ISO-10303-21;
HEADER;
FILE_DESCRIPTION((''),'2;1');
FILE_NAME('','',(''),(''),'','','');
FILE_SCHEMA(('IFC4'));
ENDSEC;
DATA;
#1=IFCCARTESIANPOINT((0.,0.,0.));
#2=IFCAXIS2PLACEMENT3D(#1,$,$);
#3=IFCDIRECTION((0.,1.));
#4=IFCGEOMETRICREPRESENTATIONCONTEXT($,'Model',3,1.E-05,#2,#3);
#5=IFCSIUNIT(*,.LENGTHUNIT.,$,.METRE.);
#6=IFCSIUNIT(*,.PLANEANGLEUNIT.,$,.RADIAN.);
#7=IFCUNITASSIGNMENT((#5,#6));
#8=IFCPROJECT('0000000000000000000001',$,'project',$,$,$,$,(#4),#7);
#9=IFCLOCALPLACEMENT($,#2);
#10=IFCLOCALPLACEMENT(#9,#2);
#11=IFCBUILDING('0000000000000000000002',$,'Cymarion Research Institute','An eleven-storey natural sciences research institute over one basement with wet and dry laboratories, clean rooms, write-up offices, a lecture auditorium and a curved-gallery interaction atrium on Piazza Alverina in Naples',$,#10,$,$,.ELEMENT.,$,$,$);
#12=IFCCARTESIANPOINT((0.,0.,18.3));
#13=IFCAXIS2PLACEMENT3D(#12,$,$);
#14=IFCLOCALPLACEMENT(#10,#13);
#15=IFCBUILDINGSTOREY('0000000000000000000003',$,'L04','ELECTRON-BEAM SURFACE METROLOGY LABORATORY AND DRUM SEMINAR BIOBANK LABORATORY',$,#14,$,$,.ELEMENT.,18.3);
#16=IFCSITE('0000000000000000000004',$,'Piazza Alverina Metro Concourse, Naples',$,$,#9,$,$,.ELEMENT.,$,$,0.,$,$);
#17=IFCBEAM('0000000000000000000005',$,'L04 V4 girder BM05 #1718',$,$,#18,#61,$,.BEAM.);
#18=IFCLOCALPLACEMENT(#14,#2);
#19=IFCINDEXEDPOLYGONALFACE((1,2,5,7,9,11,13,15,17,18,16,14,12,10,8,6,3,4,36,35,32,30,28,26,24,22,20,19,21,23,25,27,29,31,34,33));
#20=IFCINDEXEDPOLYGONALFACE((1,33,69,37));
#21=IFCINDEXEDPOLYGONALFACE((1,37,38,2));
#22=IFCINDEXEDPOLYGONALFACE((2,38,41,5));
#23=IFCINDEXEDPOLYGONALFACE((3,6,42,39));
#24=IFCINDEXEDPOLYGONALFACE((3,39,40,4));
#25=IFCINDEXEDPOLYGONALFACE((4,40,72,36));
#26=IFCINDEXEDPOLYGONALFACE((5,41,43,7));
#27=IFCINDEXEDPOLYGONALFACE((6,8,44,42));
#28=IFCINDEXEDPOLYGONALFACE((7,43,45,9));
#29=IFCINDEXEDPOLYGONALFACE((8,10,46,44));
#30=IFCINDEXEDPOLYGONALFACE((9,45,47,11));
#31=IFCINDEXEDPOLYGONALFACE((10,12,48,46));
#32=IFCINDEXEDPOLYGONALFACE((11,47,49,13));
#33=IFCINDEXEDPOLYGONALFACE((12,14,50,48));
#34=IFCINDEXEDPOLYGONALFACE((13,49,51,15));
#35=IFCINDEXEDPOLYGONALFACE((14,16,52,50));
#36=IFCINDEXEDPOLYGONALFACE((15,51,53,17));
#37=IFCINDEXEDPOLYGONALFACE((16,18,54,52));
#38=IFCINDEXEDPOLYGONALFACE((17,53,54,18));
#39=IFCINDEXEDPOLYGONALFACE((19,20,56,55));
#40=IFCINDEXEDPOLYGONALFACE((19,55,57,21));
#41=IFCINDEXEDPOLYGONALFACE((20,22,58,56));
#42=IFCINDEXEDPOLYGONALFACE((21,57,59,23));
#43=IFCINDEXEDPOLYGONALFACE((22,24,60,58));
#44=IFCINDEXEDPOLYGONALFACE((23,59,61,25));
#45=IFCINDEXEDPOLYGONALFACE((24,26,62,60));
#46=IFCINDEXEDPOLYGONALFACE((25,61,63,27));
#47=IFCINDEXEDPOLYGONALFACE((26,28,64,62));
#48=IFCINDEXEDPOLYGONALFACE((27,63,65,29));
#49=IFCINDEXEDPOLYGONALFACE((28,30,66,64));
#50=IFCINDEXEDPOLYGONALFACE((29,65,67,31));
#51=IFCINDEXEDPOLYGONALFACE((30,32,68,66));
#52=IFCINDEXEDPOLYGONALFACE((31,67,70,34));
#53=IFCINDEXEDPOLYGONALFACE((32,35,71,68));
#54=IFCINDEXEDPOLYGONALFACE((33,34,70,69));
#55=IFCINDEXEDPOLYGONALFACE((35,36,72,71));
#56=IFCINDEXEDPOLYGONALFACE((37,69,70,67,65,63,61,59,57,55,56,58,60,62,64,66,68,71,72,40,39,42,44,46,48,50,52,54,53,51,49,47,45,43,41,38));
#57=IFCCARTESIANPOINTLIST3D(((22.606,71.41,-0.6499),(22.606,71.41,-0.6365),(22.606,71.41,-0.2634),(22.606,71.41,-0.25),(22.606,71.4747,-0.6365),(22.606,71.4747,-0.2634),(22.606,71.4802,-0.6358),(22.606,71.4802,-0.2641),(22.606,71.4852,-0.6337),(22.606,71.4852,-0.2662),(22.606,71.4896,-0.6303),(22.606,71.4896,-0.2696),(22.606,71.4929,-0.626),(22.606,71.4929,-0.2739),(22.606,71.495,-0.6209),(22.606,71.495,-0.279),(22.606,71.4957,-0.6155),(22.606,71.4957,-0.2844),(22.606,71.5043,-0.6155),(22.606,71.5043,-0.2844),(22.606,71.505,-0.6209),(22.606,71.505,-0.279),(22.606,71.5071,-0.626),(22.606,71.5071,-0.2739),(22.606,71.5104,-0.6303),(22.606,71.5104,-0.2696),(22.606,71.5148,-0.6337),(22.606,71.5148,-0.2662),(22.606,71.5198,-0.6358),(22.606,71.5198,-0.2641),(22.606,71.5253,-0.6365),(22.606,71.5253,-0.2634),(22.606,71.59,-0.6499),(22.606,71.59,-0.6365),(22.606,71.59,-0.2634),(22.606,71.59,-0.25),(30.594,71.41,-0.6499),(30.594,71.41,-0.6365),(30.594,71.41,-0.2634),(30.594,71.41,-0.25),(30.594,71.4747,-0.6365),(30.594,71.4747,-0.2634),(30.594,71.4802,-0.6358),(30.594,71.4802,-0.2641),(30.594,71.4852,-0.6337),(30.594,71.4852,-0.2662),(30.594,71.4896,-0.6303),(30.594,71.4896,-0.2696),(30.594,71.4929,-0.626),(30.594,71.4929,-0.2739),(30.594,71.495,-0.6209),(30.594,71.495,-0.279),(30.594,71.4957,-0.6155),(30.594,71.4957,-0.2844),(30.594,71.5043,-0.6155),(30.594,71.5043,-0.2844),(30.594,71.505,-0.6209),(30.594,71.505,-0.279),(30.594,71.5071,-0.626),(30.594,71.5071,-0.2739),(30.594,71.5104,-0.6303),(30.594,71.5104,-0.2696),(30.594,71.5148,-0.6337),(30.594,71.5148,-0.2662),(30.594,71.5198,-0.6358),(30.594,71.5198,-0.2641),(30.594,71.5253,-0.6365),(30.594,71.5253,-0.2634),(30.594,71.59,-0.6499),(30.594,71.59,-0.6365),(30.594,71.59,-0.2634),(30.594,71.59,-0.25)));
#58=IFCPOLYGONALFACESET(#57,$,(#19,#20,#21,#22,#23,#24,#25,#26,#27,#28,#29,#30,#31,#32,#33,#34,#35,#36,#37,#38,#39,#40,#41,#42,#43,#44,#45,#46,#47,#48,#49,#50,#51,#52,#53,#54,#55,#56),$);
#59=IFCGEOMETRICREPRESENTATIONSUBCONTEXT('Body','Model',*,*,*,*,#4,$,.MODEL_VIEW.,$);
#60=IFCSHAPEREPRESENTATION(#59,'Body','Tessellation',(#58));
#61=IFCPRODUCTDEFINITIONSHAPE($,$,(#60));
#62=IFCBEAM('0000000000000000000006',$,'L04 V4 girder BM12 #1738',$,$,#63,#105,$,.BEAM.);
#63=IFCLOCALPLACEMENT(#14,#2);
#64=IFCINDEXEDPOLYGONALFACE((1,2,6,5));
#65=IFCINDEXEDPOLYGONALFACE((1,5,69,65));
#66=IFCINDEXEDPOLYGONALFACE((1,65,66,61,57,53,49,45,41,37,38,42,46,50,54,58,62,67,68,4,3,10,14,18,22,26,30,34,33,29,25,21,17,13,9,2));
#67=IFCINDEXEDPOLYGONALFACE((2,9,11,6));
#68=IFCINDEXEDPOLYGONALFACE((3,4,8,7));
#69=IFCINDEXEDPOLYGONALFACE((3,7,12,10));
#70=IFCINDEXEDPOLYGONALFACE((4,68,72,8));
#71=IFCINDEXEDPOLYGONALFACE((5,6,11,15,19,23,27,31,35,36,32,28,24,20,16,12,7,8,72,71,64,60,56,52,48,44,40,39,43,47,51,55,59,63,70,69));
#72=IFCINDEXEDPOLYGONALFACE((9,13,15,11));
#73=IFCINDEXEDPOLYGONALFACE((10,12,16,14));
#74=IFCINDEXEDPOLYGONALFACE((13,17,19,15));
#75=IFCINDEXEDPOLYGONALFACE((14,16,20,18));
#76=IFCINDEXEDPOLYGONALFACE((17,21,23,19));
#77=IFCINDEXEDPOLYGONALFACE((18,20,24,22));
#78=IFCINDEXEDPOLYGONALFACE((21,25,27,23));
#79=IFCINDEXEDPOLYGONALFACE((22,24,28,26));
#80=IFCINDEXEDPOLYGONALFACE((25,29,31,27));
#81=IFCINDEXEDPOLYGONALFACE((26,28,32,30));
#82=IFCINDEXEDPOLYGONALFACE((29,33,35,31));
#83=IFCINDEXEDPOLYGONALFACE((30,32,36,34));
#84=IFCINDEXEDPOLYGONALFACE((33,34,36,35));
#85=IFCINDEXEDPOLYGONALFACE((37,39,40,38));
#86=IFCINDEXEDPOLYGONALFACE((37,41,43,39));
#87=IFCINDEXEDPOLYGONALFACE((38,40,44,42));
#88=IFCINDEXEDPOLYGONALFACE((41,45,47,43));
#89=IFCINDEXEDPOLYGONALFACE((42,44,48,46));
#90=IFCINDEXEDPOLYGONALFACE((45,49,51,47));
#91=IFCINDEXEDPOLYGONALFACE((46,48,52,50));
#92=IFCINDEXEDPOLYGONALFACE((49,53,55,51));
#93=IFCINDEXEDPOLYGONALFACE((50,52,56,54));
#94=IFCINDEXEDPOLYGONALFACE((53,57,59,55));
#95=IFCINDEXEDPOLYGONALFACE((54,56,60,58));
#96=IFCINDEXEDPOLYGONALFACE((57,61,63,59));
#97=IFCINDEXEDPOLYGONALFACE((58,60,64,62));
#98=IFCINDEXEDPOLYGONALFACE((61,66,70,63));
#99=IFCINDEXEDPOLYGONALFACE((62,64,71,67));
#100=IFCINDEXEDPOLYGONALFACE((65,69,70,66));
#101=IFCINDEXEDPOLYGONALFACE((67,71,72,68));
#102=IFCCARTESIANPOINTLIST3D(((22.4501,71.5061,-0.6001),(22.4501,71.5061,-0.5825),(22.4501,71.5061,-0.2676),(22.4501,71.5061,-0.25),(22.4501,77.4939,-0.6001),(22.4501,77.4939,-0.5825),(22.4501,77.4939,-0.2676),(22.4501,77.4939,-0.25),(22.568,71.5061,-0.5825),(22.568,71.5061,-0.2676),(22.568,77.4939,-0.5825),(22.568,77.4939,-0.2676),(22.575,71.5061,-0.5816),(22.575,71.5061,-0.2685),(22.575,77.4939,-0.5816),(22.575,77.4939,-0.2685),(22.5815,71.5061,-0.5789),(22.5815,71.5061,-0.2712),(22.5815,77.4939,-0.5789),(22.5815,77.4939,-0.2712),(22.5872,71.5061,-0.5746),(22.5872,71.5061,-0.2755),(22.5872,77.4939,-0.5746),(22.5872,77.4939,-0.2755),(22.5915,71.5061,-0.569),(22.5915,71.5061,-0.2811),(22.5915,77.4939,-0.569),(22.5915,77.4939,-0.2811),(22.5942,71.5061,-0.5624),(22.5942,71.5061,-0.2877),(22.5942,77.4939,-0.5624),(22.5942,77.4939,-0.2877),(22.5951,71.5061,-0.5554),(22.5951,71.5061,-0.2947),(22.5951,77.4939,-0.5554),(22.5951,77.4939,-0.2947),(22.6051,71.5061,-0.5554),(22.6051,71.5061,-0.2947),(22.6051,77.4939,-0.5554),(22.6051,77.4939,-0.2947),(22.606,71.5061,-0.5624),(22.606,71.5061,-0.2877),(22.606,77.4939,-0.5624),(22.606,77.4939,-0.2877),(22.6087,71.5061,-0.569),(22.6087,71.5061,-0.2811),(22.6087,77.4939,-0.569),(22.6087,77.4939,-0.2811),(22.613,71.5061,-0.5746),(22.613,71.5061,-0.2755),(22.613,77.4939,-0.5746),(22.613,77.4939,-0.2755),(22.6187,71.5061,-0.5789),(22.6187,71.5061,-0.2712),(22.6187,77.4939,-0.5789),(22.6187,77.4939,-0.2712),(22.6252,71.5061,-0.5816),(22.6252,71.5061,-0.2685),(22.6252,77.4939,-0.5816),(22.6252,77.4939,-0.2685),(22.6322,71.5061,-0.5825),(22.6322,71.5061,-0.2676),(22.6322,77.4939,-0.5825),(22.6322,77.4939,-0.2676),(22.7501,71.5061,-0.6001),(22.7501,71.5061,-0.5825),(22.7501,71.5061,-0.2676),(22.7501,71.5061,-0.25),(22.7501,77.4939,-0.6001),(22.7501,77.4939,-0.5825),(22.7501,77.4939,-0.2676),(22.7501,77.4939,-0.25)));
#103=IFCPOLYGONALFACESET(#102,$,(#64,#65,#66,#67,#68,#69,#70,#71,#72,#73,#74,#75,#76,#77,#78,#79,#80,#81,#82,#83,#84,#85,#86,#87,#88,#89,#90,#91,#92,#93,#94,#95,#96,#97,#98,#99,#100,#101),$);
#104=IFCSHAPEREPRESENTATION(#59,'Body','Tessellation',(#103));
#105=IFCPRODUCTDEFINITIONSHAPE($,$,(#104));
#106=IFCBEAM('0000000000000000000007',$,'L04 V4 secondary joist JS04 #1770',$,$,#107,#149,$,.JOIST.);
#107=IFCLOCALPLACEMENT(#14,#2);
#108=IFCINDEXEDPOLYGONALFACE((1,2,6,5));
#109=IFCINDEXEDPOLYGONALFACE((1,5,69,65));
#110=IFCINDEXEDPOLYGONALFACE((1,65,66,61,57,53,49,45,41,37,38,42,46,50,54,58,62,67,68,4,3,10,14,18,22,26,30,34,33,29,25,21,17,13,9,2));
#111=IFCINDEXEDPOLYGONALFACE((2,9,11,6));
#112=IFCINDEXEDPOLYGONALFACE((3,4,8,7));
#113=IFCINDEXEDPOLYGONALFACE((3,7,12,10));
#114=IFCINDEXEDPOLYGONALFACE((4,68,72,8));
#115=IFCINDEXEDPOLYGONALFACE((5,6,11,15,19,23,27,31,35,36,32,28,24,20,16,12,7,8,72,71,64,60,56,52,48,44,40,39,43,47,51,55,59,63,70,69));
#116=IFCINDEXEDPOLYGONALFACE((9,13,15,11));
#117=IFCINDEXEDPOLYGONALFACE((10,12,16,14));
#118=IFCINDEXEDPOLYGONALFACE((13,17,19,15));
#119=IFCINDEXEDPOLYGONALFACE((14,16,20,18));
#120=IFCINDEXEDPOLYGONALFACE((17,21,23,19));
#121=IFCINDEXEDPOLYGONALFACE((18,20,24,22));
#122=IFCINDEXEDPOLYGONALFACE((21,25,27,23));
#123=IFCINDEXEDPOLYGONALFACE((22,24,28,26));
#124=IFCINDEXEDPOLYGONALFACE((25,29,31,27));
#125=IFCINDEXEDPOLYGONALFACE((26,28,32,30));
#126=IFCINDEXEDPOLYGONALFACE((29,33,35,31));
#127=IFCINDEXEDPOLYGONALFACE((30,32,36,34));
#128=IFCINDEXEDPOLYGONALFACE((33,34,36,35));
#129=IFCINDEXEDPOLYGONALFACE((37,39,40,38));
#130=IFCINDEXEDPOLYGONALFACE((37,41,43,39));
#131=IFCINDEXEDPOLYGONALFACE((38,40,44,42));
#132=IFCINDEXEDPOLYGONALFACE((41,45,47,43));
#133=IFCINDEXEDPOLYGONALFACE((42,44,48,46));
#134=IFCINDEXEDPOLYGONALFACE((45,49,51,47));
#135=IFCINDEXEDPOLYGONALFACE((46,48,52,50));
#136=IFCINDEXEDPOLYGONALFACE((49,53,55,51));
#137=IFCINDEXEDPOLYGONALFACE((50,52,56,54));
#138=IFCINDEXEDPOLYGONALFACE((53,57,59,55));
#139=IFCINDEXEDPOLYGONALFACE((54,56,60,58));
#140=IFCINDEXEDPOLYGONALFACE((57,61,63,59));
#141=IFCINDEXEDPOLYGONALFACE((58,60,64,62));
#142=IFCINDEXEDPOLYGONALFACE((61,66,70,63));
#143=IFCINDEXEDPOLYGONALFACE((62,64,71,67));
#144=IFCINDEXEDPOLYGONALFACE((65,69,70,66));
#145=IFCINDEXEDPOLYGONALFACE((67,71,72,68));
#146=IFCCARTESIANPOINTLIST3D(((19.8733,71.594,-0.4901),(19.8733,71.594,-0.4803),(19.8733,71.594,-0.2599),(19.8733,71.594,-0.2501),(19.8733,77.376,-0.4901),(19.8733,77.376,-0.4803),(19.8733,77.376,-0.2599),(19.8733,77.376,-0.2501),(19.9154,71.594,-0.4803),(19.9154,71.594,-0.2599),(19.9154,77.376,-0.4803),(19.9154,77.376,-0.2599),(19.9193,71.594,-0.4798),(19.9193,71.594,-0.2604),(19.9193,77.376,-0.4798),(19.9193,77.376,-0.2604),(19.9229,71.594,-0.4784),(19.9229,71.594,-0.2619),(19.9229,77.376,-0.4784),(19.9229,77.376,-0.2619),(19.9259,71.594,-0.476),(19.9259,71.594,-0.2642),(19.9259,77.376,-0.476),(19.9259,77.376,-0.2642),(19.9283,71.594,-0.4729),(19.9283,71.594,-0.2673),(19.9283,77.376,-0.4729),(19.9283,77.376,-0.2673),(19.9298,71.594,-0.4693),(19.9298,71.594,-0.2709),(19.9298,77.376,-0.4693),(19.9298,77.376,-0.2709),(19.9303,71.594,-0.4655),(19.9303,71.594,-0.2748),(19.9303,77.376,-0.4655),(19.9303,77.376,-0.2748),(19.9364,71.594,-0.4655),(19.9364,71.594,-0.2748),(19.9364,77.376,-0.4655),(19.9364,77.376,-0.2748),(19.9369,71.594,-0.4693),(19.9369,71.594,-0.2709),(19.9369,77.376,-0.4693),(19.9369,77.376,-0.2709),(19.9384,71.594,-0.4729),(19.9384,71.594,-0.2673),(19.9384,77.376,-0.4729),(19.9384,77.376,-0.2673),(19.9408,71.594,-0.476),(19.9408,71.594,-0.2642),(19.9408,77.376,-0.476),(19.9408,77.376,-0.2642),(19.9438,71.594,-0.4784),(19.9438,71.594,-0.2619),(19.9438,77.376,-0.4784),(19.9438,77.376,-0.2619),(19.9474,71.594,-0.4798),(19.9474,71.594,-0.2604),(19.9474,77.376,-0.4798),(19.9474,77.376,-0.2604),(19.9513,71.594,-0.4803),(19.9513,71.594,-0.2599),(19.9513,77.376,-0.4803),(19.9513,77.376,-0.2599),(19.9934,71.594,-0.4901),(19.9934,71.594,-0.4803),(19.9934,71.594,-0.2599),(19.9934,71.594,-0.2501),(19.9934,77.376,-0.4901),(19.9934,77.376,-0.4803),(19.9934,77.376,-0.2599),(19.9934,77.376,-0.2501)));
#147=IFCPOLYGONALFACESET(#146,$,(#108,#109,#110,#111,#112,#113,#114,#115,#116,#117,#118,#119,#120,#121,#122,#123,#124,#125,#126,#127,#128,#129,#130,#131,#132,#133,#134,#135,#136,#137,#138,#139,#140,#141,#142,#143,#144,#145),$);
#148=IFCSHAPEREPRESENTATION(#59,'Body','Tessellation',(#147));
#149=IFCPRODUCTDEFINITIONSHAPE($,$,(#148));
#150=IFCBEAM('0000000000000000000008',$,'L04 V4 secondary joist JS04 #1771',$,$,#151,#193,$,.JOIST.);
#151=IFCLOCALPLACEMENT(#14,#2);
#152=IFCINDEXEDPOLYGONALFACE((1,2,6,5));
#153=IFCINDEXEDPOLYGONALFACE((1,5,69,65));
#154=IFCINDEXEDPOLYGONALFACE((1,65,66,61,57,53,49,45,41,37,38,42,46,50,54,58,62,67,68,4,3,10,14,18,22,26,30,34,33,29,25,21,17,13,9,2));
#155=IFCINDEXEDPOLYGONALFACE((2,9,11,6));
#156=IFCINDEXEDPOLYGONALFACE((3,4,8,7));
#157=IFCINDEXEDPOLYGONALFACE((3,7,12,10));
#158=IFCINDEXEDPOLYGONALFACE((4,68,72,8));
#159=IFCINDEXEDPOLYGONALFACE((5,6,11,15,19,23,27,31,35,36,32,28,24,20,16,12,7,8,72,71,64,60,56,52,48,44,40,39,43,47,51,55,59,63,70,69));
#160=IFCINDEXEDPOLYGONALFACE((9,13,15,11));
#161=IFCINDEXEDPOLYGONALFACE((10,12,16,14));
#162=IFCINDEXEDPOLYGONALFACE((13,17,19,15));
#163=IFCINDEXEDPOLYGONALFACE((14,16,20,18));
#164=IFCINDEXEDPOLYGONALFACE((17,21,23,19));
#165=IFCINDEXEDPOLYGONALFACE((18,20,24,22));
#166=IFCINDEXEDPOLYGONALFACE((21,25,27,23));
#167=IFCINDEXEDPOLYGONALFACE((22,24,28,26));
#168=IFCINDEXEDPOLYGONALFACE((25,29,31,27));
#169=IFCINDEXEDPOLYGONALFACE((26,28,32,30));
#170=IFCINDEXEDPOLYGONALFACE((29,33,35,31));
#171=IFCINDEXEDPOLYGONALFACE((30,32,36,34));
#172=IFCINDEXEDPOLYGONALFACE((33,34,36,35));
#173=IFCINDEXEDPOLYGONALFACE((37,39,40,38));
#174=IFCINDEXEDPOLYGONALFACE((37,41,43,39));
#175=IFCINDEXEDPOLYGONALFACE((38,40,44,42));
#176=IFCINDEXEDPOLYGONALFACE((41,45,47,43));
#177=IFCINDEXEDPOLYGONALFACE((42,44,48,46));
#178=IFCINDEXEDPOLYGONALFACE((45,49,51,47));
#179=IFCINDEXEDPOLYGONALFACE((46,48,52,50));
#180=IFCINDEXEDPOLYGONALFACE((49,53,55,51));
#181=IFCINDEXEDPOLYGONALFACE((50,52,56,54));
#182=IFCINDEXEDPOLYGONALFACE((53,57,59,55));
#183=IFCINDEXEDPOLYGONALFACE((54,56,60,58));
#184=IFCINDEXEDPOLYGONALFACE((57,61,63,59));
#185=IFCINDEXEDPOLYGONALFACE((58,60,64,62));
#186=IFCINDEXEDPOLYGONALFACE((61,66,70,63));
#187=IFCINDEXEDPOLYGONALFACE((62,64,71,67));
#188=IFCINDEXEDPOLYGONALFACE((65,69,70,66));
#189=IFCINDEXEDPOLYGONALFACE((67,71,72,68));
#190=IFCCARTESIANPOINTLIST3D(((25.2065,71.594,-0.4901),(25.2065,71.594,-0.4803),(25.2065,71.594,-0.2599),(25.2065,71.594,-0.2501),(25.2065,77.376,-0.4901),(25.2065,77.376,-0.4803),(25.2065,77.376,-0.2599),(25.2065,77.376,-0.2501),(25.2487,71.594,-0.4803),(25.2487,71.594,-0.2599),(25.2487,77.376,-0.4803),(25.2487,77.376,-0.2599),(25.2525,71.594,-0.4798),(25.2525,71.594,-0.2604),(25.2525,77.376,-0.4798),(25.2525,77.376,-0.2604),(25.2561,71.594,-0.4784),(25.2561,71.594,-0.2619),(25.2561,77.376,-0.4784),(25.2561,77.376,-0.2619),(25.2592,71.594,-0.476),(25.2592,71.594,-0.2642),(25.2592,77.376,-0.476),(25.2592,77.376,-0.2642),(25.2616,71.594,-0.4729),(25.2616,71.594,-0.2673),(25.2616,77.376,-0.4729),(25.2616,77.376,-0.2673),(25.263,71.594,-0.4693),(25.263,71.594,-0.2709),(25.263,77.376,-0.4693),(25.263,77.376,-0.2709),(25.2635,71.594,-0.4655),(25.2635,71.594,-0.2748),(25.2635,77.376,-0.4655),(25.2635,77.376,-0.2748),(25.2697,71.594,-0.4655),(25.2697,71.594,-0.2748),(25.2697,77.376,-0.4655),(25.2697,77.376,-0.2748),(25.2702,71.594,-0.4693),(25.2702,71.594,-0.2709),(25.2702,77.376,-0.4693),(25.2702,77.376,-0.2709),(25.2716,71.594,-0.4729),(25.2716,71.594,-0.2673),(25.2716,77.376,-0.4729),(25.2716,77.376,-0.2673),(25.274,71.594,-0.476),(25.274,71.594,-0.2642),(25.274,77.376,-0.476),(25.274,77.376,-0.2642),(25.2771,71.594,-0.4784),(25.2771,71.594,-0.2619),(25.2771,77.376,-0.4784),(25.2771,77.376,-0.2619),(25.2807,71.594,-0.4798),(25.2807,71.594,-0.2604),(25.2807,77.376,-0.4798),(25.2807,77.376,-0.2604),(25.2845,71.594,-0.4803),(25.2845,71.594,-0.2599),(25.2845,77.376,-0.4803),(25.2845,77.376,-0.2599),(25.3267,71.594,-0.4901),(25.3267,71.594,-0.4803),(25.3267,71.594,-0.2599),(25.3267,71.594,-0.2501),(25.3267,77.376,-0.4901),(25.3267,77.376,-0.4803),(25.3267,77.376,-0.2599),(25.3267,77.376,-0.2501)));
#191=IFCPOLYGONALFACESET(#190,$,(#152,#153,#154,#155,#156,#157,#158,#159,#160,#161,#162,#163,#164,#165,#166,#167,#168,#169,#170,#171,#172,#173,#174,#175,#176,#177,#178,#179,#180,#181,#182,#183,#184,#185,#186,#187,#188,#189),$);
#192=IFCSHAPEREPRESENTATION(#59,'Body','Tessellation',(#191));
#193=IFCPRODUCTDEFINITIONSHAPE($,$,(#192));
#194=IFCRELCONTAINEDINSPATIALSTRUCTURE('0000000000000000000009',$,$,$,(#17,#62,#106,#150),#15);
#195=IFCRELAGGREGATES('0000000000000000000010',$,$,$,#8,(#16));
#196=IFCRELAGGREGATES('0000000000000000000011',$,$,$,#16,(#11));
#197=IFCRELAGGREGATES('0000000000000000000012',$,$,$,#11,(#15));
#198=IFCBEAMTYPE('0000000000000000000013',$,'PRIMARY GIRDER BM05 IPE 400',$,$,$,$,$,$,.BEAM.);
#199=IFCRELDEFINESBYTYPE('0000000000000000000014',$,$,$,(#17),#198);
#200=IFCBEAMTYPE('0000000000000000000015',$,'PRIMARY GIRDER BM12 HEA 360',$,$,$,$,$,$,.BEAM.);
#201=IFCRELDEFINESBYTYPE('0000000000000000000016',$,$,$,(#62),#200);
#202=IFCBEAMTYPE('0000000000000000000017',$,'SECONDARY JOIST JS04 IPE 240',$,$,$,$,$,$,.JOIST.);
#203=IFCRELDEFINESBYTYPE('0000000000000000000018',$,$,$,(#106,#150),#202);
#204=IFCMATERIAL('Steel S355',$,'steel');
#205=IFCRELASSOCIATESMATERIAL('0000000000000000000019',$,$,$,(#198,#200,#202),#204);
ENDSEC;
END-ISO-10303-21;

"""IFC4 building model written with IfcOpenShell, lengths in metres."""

from ifc_helpers import new_model, si_unit, direction, frame, origin, origin_2d, place, context, subcontext, project, spatial, i_section, extrude, material, material_profile, profile_set, type_object, element, save


model = new_model("IFC4")

# Units and contexts
model_context = context("Model", 3, precision=1e-05, world=origin(), true_north=direction((0.0, 1.0)))
body_context = subcontext(model_context, "Body", "Model", "MODEL_VIEW")
ifc_project = project(units=[si_unit("LENGTHUNIT", "METRE"), si_unit("PLANEANGLEUNIT", "RADIAN")], contexts=[model_context])

# Site, building, storey
site_placement = place(None, origin())
site = spatial("IfcSite", under=ifc_project, at=site_placement, Name="Piazza Alverina Metro Concourse, Naples", CompositionType="ELEMENT", RefElevation=0.0)
building_placement = place(site_placement, origin())
building = spatial("IfcBuilding", under=site, at=building_placement, Name="Cymarion Research Institute", Description="An eleven-storey natural sciences research institute over one basement with wet and dry laboratories, clean rooms, write-up offices, a lecture auditorium and a curved-gallery interaction atrium on Piazza Alverina in Naples", CompositionType="ELEMENT")
storey_placement = place(building_placement, frame((0.0, 0.0, 18.3)))
storey = spatial("IfcBuildingStorey", under=building, at=storey_placement, Name="L04", Description="ELECTRON-BEAM SURFACE METROLOGY LABORATORY AND DRUM SEMINAR BIOBANK LABORATORY", CompositionType="ELEMENT", Elevation=18.3)

# Shared definitions
ifc_material_1 = material(Name="Steel S355", Category="steel")

# Beams
ifc_material_profile_1 = material_profile(ifc_material_1, i_section(OverallWidth=0.1799, OverallDepth=0.3999, WebThickness=0.0085, FlangeThickness=0.0134, FilletRadius=0.021, at=origin_2d()), Name="IPE 400")
ifc_profile_set_1 = profile_set([ifc_material_profile_1], Name="Steel S355")
beam_type_1 = type_object("IfcBeamType", Name="PRIMARY GIRDER BM05 IPE 400", PredefinedType="BEAM", material=ifc_profile_set_1)
beam_1_placement = place(storey_placement, frame((22.606, 71.5, -0.45), z_axis=(1.0, 0.0, 0.0), x_axis=(0.0, 1.0, 0.0)))
element("IfcBeam", 1, at=beam_1_placement, inside=storey, type_object=beam_type_1, Name="L04 V4 girder BM05 #1718", PredefinedType="BEAM", context=body_context, shape_type="SweptSolid", body=[
    extrude(i_section(OverallWidth=0.1799, OverallDepth=0.3999, WebThickness=0.0085, FlangeThickness=0.0134, FilletRadius=0.021, at=origin_2d()), origin(), (0.0, 0.0, 1.0), 7.988),
])
ifc_material_profile_2 = material_profile(ifc_material_1, i_section(OverallWidth=0.3, OverallDepth=0.3501, WebThickness=0.01, FlangeThickness=0.0176, FilletRadius=0.0271, at=origin_2d()), Name="HEA 360")
ifc_profile_set_2 = profile_set([ifc_material_profile_2], Name="Steel S355")
beam_type_2 = type_object("IfcBeamType", Name="PRIMARY GIRDER BM12 HEA 360", PredefinedType="BEAM", material=ifc_profile_set_2)
beam_2_placement = place(storey_placement, frame((22.6001, 71.5061, -0.425), z_axis=(0.0, 1.0, 0.0), x_axis=(-1.0, 0.0, 0.0)))
element("IfcBeam", 2, at=beam_2_placement, inside=storey, type_object=beam_type_2, Name="L04 V4 girder BM12 #1738", PredefinedType="BEAM", context=body_context, shape_type="SweptSolid", body=[
    extrude(i_section(OverallWidth=0.3, OverallDepth=0.3501, WebThickness=0.01, FlangeThickness=0.0176, FilletRadius=0.0271, at=origin_2d()), origin(), (0.0, 0.0, 1.0), 5.9878),
])
ifc_material_profile_3 = material_profile(ifc_material_1, i_section(OverallWidth=0.1201, OverallDepth=0.24, WebThickness=0.0061, FlangeThickness=0.0098, FilletRadius=0.0149, at=origin_2d()), Name="IPE 240")
ifc_profile_set_3 = profile_set([ifc_material_profile_3], Name="Steel S355")
beam_type_3 = type_object("IfcBeamType", Name="SECONDARY JOIST JS04 IPE 240", PredefinedType="JOIST", material=ifc_profile_set_3)
for number, where, z_axis, x_axis, name in (
    (3, (19.9333, 71.594, -0.3701), (0.0, 1.0, 0.0), (-1.0, 0.0, 0.0), "L04 V4 secondary joist JS04 #1770"),
    (4, (25.2666, 71.594, -0.3701), (0.0, 1.0, 0.0), (-1.0, 0.0, 0.0), "L04 V4 secondary joist JS04 #1771"),
):
    element("IfcBeam", number, at=place(storey_placement, frame(where, z_axis=z_axis, x_axis=x_axis)), inside=storey, type_object=beam_type_3, Name=name, PredefinedType="JOIST", context=body_context, shape_type="SweptSolid", body=[
        extrude(i_section(OverallWidth=0.1201, OverallDepth=0.24, WebThickness=0.0061, FlangeThickness=0.0098, FilletRadius=0.0149, at=origin_2d()), origin(), (0.0, 0.0, 1.0), 5.782),
    ])

save(model, "model.ifc")
